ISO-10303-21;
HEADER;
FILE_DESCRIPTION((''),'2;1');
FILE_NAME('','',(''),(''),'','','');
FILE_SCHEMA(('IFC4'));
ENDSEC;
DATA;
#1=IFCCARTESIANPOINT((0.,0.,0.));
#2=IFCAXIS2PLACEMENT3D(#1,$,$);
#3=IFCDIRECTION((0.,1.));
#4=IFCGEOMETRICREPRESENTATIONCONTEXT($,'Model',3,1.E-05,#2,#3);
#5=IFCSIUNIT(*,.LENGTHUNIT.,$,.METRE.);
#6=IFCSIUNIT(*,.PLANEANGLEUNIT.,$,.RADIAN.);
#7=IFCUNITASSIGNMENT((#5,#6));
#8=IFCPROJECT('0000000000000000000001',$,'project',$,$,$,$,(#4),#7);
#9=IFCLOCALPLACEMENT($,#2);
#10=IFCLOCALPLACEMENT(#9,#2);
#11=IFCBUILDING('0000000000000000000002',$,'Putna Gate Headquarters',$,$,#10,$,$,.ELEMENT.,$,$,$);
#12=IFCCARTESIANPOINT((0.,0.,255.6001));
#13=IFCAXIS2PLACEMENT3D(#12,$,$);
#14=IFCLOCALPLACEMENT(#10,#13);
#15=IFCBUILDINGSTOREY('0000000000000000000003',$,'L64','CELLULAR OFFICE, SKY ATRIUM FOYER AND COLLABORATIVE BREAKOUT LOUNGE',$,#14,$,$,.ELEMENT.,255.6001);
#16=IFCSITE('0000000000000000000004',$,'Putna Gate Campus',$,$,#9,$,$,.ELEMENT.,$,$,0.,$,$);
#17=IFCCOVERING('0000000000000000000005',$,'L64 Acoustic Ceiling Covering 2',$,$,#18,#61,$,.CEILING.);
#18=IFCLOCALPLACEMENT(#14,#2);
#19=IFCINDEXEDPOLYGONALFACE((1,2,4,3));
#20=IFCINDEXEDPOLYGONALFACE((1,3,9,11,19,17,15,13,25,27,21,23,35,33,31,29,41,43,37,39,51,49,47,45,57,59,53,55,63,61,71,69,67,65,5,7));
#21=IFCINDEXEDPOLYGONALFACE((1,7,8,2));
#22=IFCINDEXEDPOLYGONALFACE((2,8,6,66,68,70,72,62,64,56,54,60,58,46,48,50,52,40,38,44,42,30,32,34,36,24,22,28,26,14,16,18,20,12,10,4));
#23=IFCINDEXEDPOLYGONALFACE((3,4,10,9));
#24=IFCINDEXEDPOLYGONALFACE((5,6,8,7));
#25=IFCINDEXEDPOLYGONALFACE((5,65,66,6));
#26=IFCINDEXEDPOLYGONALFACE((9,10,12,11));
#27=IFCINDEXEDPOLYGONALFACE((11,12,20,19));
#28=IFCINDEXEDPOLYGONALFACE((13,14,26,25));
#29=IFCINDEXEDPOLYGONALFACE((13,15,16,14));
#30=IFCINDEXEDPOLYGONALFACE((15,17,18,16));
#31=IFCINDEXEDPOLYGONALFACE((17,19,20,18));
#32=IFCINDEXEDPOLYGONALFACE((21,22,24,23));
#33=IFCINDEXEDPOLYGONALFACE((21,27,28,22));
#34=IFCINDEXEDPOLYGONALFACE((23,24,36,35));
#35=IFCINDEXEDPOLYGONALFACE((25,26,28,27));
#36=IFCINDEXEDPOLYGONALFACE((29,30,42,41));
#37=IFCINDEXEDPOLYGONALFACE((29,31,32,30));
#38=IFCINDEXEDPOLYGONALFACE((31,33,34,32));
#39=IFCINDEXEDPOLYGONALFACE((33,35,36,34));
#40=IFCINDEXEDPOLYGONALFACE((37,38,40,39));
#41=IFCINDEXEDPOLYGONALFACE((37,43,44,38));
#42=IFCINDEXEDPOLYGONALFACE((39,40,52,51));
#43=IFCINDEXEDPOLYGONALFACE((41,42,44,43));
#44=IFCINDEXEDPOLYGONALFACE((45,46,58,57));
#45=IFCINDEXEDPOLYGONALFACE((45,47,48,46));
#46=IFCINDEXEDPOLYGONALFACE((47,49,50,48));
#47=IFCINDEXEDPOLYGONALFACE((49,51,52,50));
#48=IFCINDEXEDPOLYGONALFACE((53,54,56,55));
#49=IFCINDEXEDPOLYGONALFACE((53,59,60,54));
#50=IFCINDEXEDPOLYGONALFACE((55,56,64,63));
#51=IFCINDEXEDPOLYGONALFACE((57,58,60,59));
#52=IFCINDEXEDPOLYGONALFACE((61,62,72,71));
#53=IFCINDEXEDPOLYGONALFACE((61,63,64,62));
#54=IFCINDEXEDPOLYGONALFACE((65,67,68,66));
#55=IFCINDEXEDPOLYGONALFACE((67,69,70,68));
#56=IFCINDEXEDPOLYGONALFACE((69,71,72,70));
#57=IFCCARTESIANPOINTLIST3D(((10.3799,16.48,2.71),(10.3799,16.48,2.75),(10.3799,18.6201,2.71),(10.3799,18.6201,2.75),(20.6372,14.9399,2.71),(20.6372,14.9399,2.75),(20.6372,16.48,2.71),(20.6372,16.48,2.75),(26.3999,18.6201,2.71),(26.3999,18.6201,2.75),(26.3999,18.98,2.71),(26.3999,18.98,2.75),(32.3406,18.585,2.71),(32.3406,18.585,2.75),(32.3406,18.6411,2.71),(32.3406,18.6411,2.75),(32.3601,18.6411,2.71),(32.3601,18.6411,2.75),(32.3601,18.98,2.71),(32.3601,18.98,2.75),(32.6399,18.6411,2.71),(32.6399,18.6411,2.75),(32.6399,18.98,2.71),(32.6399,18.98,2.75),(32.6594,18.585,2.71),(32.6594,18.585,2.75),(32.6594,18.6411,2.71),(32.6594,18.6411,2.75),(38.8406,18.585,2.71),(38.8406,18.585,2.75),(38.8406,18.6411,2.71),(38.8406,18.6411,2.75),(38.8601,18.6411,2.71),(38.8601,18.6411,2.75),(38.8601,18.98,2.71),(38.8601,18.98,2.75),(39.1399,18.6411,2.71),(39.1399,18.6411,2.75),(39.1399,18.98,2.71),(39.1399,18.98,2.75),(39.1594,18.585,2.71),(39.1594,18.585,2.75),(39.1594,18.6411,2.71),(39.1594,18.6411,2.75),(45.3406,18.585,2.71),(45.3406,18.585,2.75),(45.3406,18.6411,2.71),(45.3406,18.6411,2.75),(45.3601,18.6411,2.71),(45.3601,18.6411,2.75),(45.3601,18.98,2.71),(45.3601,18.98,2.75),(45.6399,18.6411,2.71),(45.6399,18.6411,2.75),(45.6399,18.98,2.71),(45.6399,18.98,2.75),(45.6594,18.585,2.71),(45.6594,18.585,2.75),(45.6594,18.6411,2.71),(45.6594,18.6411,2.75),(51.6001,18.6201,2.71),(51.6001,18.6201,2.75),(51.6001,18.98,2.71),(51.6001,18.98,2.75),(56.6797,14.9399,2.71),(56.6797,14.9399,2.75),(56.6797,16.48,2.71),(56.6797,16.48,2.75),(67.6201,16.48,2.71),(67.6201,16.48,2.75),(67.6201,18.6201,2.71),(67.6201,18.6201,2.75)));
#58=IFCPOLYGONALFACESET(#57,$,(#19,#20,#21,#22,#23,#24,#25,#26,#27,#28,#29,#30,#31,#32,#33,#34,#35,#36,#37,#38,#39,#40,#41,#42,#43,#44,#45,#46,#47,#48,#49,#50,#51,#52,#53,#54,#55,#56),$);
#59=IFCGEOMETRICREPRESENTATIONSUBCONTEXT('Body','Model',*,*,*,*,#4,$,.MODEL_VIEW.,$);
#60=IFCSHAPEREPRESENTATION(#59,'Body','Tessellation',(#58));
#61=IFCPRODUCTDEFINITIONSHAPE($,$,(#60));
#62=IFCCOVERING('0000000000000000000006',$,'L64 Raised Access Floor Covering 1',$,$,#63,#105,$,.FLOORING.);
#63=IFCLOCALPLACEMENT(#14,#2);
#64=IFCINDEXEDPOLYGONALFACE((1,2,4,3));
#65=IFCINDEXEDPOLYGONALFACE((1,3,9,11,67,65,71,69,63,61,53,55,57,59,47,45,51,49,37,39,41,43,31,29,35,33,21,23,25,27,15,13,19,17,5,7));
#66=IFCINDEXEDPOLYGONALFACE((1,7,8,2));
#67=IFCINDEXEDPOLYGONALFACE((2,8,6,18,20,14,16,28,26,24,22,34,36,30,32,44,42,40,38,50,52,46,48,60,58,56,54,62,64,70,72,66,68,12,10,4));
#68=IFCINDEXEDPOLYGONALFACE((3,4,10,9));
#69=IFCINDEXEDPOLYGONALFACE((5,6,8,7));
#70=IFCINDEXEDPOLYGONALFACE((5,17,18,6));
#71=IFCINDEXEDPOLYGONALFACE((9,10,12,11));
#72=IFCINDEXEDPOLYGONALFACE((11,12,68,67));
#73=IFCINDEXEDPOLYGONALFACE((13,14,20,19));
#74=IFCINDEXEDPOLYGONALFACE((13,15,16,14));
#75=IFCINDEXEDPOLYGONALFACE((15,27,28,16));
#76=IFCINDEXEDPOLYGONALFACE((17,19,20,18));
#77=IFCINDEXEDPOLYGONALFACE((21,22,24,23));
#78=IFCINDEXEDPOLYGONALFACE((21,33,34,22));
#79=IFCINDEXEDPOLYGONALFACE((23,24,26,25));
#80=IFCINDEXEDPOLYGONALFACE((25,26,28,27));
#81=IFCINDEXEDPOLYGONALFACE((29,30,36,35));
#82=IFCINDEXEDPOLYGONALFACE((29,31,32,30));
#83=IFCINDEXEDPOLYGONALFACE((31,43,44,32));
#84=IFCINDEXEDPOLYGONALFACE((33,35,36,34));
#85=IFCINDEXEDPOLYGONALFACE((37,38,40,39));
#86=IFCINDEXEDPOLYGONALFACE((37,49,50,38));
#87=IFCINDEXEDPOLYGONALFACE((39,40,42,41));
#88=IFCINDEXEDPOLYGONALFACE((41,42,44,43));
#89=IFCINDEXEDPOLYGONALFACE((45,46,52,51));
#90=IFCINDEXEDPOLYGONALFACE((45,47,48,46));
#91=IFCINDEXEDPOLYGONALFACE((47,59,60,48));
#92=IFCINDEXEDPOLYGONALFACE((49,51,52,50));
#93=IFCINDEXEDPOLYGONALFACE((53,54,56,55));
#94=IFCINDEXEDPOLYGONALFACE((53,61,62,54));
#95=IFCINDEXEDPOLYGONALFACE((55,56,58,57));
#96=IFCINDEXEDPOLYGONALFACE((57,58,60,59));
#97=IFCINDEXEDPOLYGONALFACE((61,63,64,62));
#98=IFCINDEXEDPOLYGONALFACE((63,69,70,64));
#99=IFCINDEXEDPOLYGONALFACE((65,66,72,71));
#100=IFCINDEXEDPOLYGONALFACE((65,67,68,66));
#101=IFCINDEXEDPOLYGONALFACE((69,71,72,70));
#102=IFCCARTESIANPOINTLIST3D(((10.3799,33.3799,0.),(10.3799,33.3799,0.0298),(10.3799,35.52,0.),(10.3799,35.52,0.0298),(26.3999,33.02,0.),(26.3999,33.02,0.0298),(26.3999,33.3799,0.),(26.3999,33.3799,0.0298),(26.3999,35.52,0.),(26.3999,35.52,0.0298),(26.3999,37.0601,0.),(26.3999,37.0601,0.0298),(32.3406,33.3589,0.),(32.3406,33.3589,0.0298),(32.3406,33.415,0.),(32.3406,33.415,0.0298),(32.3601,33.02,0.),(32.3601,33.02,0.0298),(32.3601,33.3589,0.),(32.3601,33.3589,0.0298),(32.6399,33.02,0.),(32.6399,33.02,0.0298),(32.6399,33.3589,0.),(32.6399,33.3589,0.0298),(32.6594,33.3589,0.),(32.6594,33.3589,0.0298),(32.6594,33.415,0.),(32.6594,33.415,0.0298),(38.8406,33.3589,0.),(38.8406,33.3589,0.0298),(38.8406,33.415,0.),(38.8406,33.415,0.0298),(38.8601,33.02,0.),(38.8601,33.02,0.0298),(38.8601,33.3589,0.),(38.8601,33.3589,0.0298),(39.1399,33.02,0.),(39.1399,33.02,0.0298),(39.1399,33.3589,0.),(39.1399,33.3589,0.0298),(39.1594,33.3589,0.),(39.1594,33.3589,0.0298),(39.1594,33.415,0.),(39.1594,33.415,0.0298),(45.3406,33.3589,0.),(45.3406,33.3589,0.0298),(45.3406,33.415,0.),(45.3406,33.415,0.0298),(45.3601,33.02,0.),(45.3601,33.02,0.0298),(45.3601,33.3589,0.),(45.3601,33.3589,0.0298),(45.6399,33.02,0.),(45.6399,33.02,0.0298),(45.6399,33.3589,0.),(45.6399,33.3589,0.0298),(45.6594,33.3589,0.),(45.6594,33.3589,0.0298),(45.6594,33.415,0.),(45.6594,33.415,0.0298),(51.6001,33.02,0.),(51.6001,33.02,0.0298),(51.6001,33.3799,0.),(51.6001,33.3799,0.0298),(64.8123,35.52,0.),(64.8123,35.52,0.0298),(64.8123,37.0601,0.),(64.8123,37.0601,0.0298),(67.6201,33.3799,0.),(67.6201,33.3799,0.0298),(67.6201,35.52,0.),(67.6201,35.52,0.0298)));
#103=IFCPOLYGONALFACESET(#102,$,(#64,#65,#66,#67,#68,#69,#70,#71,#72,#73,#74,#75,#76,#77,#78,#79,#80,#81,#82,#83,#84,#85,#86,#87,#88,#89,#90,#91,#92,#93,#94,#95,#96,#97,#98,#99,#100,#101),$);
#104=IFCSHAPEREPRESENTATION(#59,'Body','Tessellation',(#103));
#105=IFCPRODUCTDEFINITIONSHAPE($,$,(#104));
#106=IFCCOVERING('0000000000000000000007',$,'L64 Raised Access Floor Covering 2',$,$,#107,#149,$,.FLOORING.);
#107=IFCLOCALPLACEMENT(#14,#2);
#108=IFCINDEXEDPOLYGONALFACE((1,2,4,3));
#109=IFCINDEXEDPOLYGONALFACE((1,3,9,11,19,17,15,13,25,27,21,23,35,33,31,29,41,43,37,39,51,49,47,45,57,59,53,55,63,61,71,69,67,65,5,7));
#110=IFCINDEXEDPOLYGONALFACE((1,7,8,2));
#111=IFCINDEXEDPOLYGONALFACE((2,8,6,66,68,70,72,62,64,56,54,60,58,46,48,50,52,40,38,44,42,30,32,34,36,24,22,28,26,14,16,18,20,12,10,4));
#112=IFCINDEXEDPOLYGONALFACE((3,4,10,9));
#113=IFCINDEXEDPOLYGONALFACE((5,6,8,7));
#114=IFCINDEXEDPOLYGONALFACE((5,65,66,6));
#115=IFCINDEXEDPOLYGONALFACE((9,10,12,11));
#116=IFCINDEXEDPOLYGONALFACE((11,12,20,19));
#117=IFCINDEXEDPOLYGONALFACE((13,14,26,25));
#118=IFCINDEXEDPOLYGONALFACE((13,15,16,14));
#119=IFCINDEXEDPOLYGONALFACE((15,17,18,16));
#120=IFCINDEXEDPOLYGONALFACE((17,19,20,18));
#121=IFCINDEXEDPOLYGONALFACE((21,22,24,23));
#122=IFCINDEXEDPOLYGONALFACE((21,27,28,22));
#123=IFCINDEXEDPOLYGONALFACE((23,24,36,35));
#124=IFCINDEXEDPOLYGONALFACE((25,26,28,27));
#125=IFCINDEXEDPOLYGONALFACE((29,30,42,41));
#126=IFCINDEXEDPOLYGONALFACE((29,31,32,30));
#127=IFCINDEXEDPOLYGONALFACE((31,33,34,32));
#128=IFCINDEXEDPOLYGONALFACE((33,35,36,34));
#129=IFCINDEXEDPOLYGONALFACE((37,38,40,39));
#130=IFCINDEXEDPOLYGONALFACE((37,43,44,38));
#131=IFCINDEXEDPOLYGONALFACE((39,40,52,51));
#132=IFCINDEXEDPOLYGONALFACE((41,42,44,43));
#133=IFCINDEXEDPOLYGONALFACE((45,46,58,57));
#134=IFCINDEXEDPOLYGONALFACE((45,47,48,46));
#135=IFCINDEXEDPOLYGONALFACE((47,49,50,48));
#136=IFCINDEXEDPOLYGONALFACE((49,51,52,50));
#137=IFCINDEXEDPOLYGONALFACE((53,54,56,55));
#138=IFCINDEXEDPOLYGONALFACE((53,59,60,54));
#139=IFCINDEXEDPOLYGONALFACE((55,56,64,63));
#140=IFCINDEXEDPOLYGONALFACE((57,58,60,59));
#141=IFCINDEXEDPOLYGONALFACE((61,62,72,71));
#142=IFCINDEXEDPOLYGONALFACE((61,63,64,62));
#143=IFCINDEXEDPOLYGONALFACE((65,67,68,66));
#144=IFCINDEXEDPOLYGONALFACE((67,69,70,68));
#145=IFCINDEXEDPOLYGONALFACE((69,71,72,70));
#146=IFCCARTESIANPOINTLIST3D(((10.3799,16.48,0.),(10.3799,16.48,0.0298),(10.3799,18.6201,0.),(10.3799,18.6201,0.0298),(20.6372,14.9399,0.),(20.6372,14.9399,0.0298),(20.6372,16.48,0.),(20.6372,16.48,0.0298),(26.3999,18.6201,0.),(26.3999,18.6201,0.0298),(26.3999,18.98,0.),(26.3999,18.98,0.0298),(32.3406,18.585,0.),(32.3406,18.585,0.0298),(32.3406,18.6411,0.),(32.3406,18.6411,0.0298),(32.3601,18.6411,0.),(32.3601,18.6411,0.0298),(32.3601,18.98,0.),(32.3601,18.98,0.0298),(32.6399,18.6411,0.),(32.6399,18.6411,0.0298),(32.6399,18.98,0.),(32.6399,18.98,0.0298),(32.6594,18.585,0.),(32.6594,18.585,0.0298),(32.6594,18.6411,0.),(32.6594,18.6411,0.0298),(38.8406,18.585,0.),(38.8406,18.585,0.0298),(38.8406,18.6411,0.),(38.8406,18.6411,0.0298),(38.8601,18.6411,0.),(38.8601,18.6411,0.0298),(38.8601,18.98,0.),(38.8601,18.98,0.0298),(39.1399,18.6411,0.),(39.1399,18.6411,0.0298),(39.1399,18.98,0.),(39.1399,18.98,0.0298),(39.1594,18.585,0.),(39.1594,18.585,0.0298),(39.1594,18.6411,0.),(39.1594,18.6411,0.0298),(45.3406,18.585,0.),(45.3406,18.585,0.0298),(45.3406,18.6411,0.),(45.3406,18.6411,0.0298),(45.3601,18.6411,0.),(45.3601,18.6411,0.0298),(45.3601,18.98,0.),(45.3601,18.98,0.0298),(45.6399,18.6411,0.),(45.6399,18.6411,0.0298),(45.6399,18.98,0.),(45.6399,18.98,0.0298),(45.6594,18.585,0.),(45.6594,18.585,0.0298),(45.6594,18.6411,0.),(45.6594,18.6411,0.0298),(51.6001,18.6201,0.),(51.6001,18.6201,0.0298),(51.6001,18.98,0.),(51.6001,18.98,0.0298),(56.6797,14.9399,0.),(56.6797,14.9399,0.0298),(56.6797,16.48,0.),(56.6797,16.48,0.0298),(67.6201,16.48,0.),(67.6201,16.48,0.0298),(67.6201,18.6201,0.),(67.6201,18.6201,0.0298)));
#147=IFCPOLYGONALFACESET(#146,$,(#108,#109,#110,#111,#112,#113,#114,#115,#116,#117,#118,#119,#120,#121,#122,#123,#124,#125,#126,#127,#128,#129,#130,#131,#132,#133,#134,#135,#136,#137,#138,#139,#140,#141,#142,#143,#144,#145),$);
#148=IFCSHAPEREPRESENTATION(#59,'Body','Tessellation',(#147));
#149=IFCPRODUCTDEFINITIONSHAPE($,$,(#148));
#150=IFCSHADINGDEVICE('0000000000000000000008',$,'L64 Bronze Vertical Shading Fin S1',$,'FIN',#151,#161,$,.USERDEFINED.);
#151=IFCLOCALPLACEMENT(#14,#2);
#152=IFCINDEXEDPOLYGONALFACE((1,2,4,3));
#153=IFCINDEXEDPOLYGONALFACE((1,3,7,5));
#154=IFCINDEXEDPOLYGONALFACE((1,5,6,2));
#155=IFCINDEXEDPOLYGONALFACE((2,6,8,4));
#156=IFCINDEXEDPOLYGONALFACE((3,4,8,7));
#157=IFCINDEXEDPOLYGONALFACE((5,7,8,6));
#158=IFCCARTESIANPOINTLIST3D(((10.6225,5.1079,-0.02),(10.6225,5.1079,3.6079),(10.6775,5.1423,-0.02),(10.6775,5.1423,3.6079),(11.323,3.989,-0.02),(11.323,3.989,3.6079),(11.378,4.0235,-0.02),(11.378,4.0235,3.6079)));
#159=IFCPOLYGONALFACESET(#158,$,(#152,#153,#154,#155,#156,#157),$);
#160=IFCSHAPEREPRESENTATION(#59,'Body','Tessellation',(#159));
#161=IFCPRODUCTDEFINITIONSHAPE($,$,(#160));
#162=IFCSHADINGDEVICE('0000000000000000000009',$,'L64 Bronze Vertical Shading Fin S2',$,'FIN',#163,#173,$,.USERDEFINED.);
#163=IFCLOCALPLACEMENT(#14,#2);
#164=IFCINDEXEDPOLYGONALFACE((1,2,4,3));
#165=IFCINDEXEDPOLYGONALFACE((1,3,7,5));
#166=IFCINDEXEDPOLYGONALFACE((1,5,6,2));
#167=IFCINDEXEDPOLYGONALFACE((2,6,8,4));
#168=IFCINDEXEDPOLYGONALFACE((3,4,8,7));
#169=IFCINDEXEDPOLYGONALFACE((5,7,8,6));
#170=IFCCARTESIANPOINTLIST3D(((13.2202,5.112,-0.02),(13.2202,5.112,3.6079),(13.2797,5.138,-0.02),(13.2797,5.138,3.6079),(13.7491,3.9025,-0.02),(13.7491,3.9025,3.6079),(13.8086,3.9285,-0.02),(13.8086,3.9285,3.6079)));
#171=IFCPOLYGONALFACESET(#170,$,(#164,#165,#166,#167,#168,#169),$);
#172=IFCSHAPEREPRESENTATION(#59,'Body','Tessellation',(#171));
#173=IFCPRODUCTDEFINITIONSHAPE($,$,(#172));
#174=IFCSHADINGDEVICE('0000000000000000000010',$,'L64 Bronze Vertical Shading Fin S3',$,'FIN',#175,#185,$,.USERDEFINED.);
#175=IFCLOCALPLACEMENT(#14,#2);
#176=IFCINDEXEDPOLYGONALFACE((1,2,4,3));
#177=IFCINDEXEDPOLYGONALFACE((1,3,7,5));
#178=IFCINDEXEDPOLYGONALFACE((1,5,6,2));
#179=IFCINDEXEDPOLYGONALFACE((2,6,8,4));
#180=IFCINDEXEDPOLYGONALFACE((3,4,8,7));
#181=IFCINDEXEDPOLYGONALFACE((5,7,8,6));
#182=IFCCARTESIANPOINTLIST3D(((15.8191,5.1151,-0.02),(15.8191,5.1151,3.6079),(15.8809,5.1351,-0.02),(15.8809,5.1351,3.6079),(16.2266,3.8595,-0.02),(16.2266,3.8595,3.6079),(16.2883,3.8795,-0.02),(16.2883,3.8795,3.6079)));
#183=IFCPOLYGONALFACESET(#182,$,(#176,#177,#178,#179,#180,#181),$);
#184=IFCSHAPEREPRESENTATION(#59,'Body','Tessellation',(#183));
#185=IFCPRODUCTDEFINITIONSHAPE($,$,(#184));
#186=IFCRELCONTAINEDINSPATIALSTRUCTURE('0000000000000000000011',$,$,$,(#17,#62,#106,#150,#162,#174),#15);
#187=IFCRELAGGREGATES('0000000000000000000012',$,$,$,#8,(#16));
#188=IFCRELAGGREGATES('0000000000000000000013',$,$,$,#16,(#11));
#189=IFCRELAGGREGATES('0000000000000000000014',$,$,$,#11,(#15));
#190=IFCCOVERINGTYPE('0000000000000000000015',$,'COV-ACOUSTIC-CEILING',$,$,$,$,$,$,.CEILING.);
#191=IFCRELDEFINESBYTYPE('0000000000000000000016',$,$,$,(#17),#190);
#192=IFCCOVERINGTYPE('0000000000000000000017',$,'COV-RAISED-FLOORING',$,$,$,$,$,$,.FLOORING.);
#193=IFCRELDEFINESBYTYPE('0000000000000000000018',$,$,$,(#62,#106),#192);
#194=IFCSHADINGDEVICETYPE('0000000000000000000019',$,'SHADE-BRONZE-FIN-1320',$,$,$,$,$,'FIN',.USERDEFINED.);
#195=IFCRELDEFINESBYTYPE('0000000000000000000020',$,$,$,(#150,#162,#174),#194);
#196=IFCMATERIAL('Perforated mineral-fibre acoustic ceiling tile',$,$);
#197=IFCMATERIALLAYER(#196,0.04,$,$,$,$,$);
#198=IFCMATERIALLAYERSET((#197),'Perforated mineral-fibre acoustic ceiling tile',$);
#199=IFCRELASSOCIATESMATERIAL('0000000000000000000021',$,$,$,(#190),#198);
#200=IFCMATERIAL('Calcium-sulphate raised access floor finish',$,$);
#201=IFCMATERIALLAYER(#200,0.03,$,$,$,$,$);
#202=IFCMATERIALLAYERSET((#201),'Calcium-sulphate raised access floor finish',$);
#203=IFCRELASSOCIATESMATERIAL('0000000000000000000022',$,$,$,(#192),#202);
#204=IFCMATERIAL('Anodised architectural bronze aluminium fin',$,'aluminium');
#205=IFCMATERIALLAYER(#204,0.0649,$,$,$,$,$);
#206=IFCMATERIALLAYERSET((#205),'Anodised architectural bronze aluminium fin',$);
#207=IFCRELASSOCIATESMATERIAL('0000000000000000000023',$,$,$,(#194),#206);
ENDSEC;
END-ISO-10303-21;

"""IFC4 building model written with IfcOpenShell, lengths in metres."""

from ifc_helpers import new_model, si_unit, direction, frame, origin, origin_2d, place, context, subcontext, project, spatial, polyline, rectangle, outline, extrude, material, layer, layer_set, type_object, element, save


model = new_model("IFC4")

# Units and contexts
model_context = context("Model", 3, precision=1e-05, world=origin(), true_north=direction((0.0, 1.0)))
body_context = subcontext(model_context, "Body", "Model", "MODEL_VIEW")
ifc_project = project(units=[si_unit("LENGTHUNIT", "METRE"), si_unit("PLANEANGLEUNIT", "RADIAN")], contexts=[model_context])

# Site, building, storey
site_placement = place(None, origin())
site = spatial("IfcSite", under=ifc_project, at=site_placement, Name="Putna Gate Campus", CompositionType="ELEMENT", RefElevation=0.0)
building_placement = place(site_placement, origin())
building = spatial("IfcBuilding", under=site, at=building_placement, Name="Putna Gate Headquarters", CompositionType="ELEMENT")
storey_placement = place(building_placement, frame((0.0, 0.0, 255.6001)))
storey = spatial("IfcBuildingStorey", under=building, at=storey_placement, Name="L64", Description="CELLULAR OFFICE, SKY ATRIUM FOYER AND COLLABORATIVE BREAKOUT LOUNGE", CompositionType="ELEMENT", Elevation=255.6001)

# Coverings
ifc_material_1 = material(Name="Perforated mineral-fibre acoustic ceiling tile")
ifc_layer_1 = layer(ifc_material_1, 0.04)
ifc_layer_set_1 = layer_set([ifc_layer_1], Name="Perforated mineral-fibre acoustic ceiling tile")
covering_type_1 = type_object("IfcCoveringType", Name="COV-ACOUSTIC-CEILING", PredefinedType="CEILING", material=ifc_layer_set_1)
covering_1_placement = place(storey_placement, frame((0.0, 0.0, 2.71)))
element("IfcCovering", 1, at=covering_1_placement, inside=storey, type_object=covering_type_1, Name="L64 Acoustic Ceiling Covering 2", PredefinedType="CEILING", context=body_context, shape_type="SweptSolid", body=[
    extrude(outline(polyline([(20.6372, 16.48), (20.6372, 14.9399), (56.6797, 14.9399), (56.6797, 16.48), (67.6201, 16.48), (67.6201, 18.6201), (51.6001, 18.6201), (51.6001, 18.98), (45.6399, 18.98), (45.6399, 18.6411), (45.6594, 18.6411), (45.6594, 18.585), (45.3406, 18.585), (45.3406, 18.6411), (45.3601, 18.6411), (45.3601, 18.98), (39.1399, 18.98), (39.1399, 18.6411), (39.1594, 18.6411), (39.1594, 18.585), (38.8406, 18.585), (38.8406, 18.6411), (38.8601, 18.6411), (38.8601, 18.98), (32.6399, 18.98), (32.6399, 18.6411), (32.6594, 18.6411), (32.6594, 18.585), (32.3406, 18.585), (32.3406, 18.6411), (32.3601, 18.6411), (32.3601, 18.98), (26.3999, 18.98), (26.3999, 18.6201), (10.3799, 18.6201), (10.3799, 16.48), (20.6372, 16.48)])), origin(), (0.0, 0.0, 1.0), 0.04),
])
ifc_material_2 = material(Name="Calcium-sulphate raised access floor finish")
ifc_layer_2 = layer(ifc_material_2, 0.03)
ifc_layer_set_2 = layer_set([ifc_layer_2], Name="Calcium-sulphate raised access floor finish")
covering_type_2 = type_object("IfcCoveringType", Name="COV-RAISED-FLOORING", PredefinedType="FLOORING", material=ifc_layer_set_2)
covering_2_placement = place(storey_placement, origin())
element("IfcCovering", 2, at=covering_2_placement, inside=storey, type_object=covering_type_2, Name="L64 Raised Access Floor Covering 1", PredefinedType="FLOORING", context=body_context, shape_type="SweptSolid", body=[
    extrude(outline(polyline([(45.3601, 33.3589), (45.3406, 33.3589), (45.3406, 33.415), (45.6594, 33.415), (45.6594, 33.3589), (45.6399, 33.3589), (45.6399, 33.02), (51.6001, 33.02), (51.6001, 33.3799), (67.6201, 33.3799), (67.6201, 35.52), (64.8123, 35.52), (64.8123, 37.0601), (26.3999, 37.0601), (26.3999, 35.52), (10.3799, 35.52), (10.3799, 33.3799), (26.3999, 33.3799), (26.3999, 33.02), (32.3601, 33.02), (32.3601, 33.3589), (32.3406, 33.3589), (32.3406, 33.415), (32.6594, 33.415), (32.6594, 33.3589), (32.6399, 33.3589), (32.6399, 33.02), (38.8601, 33.02), (38.8601, 33.3589), (38.8406, 33.3589), (38.8406, 33.415), (39.1594, 33.415), (39.1594, 33.3589), (39.1399, 33.3589), (39.1399, 33.02), (45.3601, 33.02), (45.3601, 33.3589)])), origin(), (0.0, 0.0, 1.0), 0.0298),
])
covering_3_placement = place(storey_placement, origin())
element("IfcCovering", 3, at=covering_3_placement, inside=storey, type_object=covering_type_2, Name="L64 Raised Access Floor Covering 2", PredefinedType="FLOORING", context=body_context, shape_type="SweptSolid", body=[
    extrude(outline(polyline([(20.6372, 16.48), (20.6372, 14.9399), (56.6797, 14.9399), (56.6797, 16.48), (67.6201, 16.48), (67.6201, 18.6201), (51.6001, 18.6201), (51.6001, 18.98), (45.6399, 18.98), (45.6399, 18.6411), (45.6594, 18.6411), (45.6594, 18.585), (45.3406, 18.585), (45.3406, 18.6411), (45.3601, 18.6411), (45.3601, 18.98), (39.1399, 18.98), (39.1399, 18.6411), (39.1594, 18.6411), (39.1594, 18.585), (38.8406, 18.585), (38.8406, 18.6411), (38.8601, 18.6411), (38.8601, 18.98), (32.6399, 18.98), (32.6399, 18.6411), (32.6594, 18.6411), (32.6594, 18.585), (32.3406, 18.585), (32.3406, 18.6411), (32.3601, 18.6411), (32.3601, 18.98), (26.3999, 18.98), (26.3999, 18.6201), (10.3799, 18.6201), (10.3799, 16.48), (20.6372, 16.48)])), origin(), (0.0, 0.0, 1.0), 0.0298),
])

# Shading devices
ifc_material_3 = material(Name="Anodised architectural bronze aluminium fin", Category="aluminium")
ifc_layer_3 = layer(ifc_material_3, 0.0649)
ifc_layer_set_3 = layer_set([ifc_layer_3], Name="Anodised architectural bronze aluminium fin")
shading_device_type_1 = type_object("IfcShadingDeviceType", Name="SHADE-BRONZE-FIN-1320", ElementType="FIN", PredefinedType="USERDEFINED", material=ifc_layer_set_3)
for number, where, z_axis, x_axis, name in (
    (4, (11.0002, 4.5657, -0.02), (0.0, 0.0, 1.0), (0.530659, -0.847585, 0.0), "L64 Bronze Vertical Shading Fin S1"),
    (5, (13.5144, 4.5203, -0.02), (0.0, 0.0, 1.0), (0.400669, -0.916223, 0.0), "L64 Bronze Vertical Shading Fin S2"),
    (6, (16.0537, 4.4973, -0.02), (0.0, 0.0, 1.0), (0.308685, -0.951164, 0.0), "L64 Bronze Vertical Shading Fin S3"),
):
    element("IfcShadingDevice", number, at=place(storey_placement, frame(where, z_axis=z_axis, x_axis=x_axis)), inside=storey, type_object=shading_device_type_1, Name=name, ObjectType="FIN", PredefinedType="USERDEFINED", context=body_context, shape_type="SweptSolid", body=[
        extrude(rectangle(XDim=1.3201, YDim=0.0649, at=origin_2d()), origin(), (0.0, 0.0, 1.0), 3.6279),
    ])

save(model, "model.ifc")
